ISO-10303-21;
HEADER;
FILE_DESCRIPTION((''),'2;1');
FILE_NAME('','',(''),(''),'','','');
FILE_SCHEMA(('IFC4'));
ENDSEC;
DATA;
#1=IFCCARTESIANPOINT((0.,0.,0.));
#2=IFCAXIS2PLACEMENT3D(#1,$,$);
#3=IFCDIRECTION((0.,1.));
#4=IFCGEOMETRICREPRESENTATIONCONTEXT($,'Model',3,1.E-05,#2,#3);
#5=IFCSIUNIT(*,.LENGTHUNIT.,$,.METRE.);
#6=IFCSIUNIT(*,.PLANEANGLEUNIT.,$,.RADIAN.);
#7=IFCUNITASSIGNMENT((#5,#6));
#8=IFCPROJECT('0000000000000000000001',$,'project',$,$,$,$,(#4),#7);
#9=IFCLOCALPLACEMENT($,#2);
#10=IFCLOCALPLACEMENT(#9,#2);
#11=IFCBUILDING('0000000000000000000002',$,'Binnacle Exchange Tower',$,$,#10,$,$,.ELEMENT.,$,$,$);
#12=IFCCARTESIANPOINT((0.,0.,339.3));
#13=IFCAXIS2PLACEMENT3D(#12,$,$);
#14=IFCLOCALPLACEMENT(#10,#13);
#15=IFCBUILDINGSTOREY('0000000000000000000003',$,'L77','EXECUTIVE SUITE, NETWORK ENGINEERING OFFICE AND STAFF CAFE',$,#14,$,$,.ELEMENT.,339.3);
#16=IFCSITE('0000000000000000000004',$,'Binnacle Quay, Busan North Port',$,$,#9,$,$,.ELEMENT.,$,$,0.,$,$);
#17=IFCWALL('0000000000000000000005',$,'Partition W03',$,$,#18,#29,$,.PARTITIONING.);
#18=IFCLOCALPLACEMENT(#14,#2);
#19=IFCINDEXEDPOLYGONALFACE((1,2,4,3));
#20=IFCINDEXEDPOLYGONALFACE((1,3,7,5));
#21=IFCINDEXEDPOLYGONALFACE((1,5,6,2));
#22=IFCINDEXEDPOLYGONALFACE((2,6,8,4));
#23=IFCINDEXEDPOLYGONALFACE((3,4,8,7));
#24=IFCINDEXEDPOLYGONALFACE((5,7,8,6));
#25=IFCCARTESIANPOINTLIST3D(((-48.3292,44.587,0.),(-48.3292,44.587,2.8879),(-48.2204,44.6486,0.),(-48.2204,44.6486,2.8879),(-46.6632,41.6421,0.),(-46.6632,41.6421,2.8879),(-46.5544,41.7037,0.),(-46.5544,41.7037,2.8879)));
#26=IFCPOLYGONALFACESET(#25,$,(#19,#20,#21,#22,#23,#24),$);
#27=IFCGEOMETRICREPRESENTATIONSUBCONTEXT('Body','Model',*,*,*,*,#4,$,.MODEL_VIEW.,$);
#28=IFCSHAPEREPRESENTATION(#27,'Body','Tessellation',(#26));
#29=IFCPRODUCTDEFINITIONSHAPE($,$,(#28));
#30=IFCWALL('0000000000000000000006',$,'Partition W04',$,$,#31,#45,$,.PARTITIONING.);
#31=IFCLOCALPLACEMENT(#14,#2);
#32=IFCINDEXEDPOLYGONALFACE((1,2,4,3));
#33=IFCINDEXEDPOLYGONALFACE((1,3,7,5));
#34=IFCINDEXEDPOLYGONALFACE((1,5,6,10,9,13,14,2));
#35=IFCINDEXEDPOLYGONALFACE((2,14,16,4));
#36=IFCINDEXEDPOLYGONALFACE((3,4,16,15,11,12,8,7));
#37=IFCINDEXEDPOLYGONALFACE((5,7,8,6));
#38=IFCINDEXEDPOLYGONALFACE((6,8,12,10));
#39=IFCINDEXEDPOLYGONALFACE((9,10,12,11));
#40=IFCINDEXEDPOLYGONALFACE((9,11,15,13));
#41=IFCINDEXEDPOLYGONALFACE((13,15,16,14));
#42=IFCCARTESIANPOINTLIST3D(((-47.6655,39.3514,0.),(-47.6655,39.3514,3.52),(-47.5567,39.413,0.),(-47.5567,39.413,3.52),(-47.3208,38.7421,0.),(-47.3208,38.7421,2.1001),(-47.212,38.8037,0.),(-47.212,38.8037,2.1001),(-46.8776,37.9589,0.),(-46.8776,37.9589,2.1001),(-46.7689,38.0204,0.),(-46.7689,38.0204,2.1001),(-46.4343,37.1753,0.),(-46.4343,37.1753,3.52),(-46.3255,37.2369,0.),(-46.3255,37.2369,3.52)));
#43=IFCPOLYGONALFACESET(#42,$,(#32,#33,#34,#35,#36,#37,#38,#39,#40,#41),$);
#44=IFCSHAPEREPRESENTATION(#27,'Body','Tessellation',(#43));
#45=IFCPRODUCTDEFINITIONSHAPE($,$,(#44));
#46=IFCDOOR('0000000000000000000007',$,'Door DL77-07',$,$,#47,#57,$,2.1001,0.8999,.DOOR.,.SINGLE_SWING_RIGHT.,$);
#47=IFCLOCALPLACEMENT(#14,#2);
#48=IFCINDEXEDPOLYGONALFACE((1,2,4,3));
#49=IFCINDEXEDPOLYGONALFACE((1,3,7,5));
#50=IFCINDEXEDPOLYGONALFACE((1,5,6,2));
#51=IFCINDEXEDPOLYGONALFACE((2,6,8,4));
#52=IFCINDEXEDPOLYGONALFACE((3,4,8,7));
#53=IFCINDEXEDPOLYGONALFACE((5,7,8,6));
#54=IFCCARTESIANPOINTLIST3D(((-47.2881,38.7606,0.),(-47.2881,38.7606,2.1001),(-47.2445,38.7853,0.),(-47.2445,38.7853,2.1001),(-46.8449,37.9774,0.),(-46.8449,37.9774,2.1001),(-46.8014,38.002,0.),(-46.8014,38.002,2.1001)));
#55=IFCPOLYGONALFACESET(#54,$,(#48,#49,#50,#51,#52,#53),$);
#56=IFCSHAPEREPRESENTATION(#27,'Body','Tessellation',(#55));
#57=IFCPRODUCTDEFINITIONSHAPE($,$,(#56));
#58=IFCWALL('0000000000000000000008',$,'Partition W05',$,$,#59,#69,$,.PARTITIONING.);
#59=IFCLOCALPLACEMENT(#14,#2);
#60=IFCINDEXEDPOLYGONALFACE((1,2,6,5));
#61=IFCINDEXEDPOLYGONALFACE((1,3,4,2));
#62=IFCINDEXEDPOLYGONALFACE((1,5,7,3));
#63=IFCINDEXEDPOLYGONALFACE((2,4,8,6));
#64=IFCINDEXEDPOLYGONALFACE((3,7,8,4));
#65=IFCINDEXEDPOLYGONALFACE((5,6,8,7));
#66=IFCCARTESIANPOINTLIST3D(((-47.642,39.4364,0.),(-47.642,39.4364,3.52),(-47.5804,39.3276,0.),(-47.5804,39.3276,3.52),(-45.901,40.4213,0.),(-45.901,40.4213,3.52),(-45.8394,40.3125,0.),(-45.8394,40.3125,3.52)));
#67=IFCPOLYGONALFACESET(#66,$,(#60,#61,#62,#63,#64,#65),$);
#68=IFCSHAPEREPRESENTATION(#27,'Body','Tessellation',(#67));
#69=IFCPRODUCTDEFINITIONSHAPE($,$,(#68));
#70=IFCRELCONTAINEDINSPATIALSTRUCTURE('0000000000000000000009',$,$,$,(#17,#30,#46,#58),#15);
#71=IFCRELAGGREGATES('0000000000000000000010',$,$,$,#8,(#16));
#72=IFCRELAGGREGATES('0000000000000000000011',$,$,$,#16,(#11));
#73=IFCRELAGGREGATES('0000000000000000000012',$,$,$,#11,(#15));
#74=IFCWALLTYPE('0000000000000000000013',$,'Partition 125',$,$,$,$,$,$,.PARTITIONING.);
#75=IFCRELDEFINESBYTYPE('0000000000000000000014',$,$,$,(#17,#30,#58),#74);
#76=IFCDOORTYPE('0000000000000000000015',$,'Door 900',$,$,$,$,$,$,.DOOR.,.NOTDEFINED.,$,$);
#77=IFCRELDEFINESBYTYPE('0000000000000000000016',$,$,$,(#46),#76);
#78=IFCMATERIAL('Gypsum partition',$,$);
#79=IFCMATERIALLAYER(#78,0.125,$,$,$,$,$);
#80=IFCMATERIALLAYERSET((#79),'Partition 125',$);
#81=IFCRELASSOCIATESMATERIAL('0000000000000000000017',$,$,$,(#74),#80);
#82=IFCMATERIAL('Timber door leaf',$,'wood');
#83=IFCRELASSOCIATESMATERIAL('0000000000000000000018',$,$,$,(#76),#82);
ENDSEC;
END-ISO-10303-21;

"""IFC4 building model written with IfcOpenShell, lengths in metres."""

from ifc_helpers import new_model, si_unit, direction, frame, frame_2d, origin, place, context, subcontext, project, spatial, rectangle, extrude, material, layer, layer_set, type_object, element, fill, save


model = new_model("IFC4")

# Units and contexts
model_context = context("Model", 3, precision=1e-05, world=origin(), true_north=direction((0.0, 1.0)))
body_context = subcontext(model_context, "Body", "Model", "MODEL_VIEW")
ifc_project = project(units=[si_unit("LENGTHUNIT", "METRE"), si_unit("PLANEANGLEUNIT", "RADIAN")], contexts=[model_context])

# Site, building, storey
site_placement = place(None, origin())
site = spatial("IfcSite", under=ifc_project, at=site_placement, Name="Binnacle Quay, Busan North Port", CompositionType="ELEMENT", RefElevation=0.0)
building_placement = place(site_placement, origin())
building = spatial("IfcBuilding", under=site, at=building_placement, Name="Binnacle Exchange Tower", CompositionType="ELEMENT")
storey_placement = place(building_placement, frame((0.0, 0.0, 339.3)))
storey = spatial("IfcBuildingStorey", under=building, at=storey_placement, Name="L77", Description="EXECUTIVE SUITE, NETWORK ENGINEERING OFFICE AND STAFF CAFE", CompositionType="ELEMENT", Elevation=339.3)

# Wall
ifc_material_1 = material(Name="Gypsum partition")
ifc_layer_1 = layer(ifc_material_1, 0.125)
ifc_layer_set_1 = layer_set([ifc_layer_1], Name="Partition 125")
wall_type_1 = type_object("IfcWallType", Name="Partition 125", PredefinedType="PARTITIONING", material=ifc_layer_set_1)
wall_1_placement = place(storey_placement, frame((-48.2749, 44.6179, 0.0), z_axis=(0.0, 0.0, 1.0), x_axis=(0.492404, -0.870367, 0.0)))
element("IfcWall", 1, at=wall_1_placement, inside=storey, type_object=wall_type_1, Name="Partition W03", PredefinedType="PARTITIONING", context=body_context, shape_type="SweptSolid", body=[
    extrude(rectangle(XDim=3.3835, YDim=0.125, at=frame_2d((1.6919, 0.0))), origin(), (0.0, 0.0, 1.0), 2.8879),
])

# Wall, opening, door
wall_2_placement = place(storey_placement, frame((-47.6111, 39.3821, 0.0), z_axis=(0.0, 0.0, 1.0), x_axis=(0.492443, -0.870345, 0.0)))
wall_2 = element("IfcWall", 2, at=wall_2_placement, inside=storey, type_object=wall_type_1, Name="Partition W04", PredefinedType="PARTITIONING", context=body_context, shape_type="SweptSolid", body=[
    extrude(rectangle(XDim=2.5002, YDim=0.125, at=frame_2d((1.25, 0.0))), origin(), (0.0, 0.0, 1.0), 3.52),
])
opening_placement = place(wall_2_placement, frame((0.7, 0.0, 0.0)))
opening = element("IfcOpeningElement", 3, at=opening_placement, cuts=wall_2, PredefinedType="OPENING", context=body_context, shape_type="SweptSolid", body=[
    extrude(rectangle(XDim=0.8999, YDim=2.1001, at=frame_2d((0.45, 1.05))), frame((0.0, 0.0725, 0.0), z_axis=(0.0, -1.0, 0.0), x_axis=(1.0, 0.0, 0.0)), (0.0, 0.0, 1.0), 0.145),
])
ifc_material_2 = material(Name="Timber door leaf", Category="wood")
door_type = type_object("IfcDoorType", Name="Door 900", OperationType="NOTDEFINED", PredefinedType="DOOR", material=ifc_material_2)
door_placement = place(opening_placement, frame((0.8999, 0.0, 0.0), z_axis=(0.0, 0.0, 1.0), x_axis=(-1.0, 0.0, 0.0)))
door = element("IfcDoor", 4, at=door_placement, inside=storey, type_object=door_type, Name="Door DL77-07", OperationType="SINGLE_SWING_RIGHT", OverallHeight=2.1001, OverallWidth=0.8999, PredefinedType="DOOR", context=body_context, shape_type="SweptSolid", body=[
    extrude(rectangle(XDim=0.8999, YDim=2.1001, at=frame_2d((0.45, 1.05))), frame((0.0, 0.0249, 0.0), z_axis=(0.0, -1.0, 0.0), x_axis=(1.0, 0.0, 0.0)), (0.0, 0.0, 1.0), 0.05),
])
fill(opening, door)

# Wall
wall_3_placement = place(storey_placement, frame((-47.6111, 39.3821, 0.0), z_axis=(0.0, 0.0, 1.0), x_axis=(0.870383, 0.492375, 0.0)))
element("IfcWall", 5, at=wall_3_placement, inside=storey, type_object=wall_type_1, Name="Partition W05", PredefinedType="PARTITIONING", context=body_context, shape_type="SweptSolid", body=[
    extrude(rectangle(XDim=2.0002, YDim=0.125, at=frame_2d((1.0, 0.0))), origin(), (0.0, 0.0, 1.0), 3.52),
])

save(model, "model.ifc")
